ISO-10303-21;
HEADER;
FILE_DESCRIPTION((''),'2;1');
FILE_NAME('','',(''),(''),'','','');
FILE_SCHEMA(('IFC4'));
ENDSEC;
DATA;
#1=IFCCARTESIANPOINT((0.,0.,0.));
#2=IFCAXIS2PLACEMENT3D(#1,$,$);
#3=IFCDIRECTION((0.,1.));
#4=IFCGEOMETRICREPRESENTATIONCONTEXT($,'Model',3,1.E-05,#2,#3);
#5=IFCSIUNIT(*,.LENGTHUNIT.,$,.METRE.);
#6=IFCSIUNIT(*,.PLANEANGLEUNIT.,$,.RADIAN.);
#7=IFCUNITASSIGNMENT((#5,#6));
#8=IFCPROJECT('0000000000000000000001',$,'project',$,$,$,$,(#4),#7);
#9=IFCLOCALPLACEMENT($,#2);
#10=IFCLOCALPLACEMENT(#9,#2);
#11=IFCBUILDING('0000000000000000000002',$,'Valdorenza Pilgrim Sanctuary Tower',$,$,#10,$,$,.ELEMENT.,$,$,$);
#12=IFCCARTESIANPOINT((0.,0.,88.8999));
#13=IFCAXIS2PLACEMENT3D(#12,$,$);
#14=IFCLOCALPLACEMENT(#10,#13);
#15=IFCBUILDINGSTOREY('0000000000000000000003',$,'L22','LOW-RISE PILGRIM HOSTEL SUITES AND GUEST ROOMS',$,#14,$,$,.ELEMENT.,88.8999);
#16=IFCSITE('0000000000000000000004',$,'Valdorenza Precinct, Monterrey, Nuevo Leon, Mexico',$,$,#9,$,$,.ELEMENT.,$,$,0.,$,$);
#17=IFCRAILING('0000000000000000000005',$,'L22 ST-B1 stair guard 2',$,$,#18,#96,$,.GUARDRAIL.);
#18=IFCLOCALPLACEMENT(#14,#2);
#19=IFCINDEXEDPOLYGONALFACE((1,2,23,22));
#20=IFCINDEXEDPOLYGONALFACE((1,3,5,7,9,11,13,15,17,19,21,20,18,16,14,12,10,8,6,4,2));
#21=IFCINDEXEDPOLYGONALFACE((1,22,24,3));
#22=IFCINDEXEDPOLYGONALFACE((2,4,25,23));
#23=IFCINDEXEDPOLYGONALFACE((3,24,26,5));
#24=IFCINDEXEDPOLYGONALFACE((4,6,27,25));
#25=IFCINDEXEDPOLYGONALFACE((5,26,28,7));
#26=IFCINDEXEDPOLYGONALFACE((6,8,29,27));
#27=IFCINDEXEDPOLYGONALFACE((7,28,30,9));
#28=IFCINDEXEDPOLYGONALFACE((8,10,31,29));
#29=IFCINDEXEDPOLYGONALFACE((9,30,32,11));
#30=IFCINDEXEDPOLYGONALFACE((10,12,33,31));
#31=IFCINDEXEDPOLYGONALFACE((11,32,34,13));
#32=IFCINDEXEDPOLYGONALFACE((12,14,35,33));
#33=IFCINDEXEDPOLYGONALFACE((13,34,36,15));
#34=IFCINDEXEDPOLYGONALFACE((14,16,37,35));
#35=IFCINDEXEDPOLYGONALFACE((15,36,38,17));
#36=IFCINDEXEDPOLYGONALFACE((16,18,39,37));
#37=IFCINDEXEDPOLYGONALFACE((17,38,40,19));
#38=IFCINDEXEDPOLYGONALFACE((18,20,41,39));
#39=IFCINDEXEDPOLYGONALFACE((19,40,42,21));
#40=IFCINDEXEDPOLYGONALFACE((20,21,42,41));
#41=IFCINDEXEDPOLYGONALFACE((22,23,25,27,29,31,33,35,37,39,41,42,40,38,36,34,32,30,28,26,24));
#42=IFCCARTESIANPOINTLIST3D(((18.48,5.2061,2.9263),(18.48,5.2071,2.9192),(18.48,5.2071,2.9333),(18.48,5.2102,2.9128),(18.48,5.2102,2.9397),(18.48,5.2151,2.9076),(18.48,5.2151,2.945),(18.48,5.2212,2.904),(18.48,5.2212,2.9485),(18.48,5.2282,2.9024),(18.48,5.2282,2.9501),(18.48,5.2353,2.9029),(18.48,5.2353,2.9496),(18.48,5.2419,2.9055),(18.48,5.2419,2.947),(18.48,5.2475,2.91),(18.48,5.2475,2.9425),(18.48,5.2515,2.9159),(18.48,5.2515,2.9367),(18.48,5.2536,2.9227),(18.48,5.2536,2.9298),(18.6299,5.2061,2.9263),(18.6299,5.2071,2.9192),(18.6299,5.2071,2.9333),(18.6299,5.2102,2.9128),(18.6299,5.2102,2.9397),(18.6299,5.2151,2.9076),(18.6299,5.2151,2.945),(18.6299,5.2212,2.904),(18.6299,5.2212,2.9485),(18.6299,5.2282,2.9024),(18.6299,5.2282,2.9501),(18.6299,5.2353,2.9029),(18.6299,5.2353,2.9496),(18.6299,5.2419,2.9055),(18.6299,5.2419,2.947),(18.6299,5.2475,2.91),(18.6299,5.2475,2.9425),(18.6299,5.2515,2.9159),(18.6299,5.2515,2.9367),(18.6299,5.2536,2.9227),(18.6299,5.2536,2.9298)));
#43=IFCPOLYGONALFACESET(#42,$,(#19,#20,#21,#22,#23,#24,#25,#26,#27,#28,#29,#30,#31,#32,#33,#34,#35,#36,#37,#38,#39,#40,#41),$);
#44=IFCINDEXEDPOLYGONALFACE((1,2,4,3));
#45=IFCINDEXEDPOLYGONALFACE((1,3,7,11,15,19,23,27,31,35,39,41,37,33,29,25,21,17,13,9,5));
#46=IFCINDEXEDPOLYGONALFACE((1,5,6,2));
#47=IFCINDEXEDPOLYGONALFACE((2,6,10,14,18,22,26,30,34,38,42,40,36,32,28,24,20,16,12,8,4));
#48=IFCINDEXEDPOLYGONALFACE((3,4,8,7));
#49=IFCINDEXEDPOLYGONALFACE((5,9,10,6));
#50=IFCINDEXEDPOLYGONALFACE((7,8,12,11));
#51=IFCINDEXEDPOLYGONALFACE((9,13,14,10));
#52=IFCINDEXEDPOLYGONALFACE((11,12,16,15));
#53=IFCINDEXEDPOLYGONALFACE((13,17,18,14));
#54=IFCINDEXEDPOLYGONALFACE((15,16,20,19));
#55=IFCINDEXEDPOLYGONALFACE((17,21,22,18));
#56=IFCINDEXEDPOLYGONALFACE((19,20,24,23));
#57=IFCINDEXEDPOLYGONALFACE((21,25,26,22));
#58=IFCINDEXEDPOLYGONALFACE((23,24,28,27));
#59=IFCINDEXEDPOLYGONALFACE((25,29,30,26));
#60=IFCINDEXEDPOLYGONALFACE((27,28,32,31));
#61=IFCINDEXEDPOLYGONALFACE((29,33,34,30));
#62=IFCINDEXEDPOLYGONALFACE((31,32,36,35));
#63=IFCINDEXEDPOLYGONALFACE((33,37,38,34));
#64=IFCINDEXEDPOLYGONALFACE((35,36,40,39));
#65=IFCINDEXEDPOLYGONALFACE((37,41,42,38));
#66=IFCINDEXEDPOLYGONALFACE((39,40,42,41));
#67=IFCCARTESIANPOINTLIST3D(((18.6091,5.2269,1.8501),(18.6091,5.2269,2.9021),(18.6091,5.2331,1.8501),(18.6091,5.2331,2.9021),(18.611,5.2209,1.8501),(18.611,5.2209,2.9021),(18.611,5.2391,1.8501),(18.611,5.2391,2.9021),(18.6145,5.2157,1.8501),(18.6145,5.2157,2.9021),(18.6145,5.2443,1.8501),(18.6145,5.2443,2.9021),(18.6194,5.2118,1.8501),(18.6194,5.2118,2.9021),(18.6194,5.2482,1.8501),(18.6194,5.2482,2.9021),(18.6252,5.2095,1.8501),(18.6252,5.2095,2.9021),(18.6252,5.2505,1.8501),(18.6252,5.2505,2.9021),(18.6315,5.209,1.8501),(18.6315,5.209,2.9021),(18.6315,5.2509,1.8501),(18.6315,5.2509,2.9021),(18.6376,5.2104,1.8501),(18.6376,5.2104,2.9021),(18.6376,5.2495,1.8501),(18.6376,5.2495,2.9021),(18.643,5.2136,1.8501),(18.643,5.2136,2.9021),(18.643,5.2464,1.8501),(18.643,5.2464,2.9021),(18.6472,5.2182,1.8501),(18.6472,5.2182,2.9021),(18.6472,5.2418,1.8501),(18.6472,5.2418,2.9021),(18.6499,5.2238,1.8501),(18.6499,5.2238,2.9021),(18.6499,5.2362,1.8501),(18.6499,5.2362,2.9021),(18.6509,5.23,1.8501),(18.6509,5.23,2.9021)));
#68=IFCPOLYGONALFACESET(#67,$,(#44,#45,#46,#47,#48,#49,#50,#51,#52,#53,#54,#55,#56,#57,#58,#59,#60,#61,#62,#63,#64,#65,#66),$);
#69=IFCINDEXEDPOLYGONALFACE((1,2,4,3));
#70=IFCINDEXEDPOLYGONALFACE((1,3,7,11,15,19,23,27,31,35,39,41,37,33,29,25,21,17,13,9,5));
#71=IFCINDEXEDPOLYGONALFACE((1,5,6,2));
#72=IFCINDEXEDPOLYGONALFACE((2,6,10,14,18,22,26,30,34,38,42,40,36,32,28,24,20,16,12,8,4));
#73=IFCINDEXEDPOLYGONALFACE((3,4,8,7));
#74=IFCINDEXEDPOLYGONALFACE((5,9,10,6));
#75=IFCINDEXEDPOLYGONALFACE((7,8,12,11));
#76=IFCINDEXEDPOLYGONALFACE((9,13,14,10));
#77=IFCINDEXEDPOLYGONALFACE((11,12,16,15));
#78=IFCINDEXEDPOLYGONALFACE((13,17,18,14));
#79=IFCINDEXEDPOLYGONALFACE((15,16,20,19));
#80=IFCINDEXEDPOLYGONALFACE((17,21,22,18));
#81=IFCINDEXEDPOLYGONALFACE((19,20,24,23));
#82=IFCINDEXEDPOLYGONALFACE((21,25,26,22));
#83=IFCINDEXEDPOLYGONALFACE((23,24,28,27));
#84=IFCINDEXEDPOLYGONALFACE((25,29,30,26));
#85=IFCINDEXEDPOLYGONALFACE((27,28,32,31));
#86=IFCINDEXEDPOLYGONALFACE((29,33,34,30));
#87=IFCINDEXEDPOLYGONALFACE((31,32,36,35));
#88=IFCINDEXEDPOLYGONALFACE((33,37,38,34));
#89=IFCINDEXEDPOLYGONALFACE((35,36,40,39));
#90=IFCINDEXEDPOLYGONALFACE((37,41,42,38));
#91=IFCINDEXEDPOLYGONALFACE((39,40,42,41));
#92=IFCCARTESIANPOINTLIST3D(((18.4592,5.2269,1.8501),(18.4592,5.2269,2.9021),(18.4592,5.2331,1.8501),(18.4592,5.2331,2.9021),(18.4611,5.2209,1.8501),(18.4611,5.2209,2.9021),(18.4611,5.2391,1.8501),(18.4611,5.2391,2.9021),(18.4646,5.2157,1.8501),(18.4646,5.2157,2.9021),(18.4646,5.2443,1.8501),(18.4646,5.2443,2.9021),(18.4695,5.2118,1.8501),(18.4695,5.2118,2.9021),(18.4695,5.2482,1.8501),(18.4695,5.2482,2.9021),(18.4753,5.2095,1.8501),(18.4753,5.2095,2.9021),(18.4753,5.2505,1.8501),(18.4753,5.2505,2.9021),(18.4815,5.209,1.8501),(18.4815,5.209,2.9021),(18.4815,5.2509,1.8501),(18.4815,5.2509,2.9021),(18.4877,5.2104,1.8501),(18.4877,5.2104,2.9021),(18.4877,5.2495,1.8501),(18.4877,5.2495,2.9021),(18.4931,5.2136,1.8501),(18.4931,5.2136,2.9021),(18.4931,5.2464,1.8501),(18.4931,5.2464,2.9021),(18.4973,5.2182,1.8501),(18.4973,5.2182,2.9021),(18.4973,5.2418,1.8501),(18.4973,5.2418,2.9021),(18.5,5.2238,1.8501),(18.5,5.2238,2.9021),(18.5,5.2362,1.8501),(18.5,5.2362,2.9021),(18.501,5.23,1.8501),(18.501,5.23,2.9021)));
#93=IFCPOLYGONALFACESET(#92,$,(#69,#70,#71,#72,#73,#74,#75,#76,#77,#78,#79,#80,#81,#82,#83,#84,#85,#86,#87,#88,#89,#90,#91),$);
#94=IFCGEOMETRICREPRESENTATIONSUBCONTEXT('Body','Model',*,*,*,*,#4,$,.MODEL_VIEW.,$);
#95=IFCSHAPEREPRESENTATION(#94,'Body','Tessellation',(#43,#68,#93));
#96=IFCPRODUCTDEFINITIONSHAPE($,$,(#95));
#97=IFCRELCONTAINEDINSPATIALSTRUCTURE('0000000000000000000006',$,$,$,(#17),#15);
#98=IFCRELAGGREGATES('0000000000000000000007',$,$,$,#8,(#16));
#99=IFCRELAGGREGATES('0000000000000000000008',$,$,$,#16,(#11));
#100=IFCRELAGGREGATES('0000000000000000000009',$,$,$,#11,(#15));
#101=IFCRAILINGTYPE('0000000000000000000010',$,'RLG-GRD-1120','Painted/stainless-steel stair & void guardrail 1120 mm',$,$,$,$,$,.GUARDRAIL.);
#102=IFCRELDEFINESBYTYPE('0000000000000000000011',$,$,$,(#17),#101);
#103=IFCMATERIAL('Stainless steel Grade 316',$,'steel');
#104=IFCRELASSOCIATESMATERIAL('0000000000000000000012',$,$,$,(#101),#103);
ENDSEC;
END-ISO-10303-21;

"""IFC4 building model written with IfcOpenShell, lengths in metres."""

from ifc_helpers import new_model, si_unit, direction, frame, origin, origin_2d, place, context, subcontext, project, spatial, circle, extrude, material, type_object, element, save


model = new_model("IFC4")

# Units and contexts
model_context = context("Model", 3, precision=1e-05, world=origin(), true_north=direction((0.0, 1.0)))
body_context = subcontext(model_context, "Body", "Model", "MODEL_VIEW")
ifc_project = project(units=[si_unit("LENGTHUNIT", "METRE"), si_unit("PLANEANGLEUNIT", "RADIAN")], contexts=[model_context])

# Site, building, storey
site_placement = place(None, origin())
site = spatial("IfcSite", under=ifc_project, at=site_placement, Name="Valdorenza Precinct, Monterrey, Nuevo Leon, Mexico", CompositionType="ELEMENT", RefElevation=0.0)
building_placement = place(site_placement, origin())
building = spatial("IfcBuilding", under=site, at=building_placement, Name="Valdorenza Pilgrim Sanctuary Tower", CompositionType="ELEMENT")
storey_placement = place(building_placement, frame((0.0, 0.0, 88.8999)))
storey = spatial("IfcBuildingStorey", under=building, at=storey_placement, Name="L22", Description="LOW-RISE PILGRIM HOSTEL SUITES AND GUEST ROOMS", CompositionType="ELEMENT", Elevation=88.8999)

# Railing
ifc_material_1 = material(Name="Stainless steel Grade 316", Category="steel")
railing_type_1 = type_object("IfcRailingType", Name="RLG-GRD-1120", Description="Painted/stainless-steel stair & void guardrail 1120 mm", PredefinedType="GUARDRAIL", material=ifc_material_1)
railing_1_placement = place(storey_placement, frame((18.6299, 5.23, 1.8501)))
element("IfcRailing", 1, at=railing_1_placement, inside=storey, type_object=railing_type_1, Name="L22 ST-B1 stair guard 2", PredefinedType="GUARDRAIL", context=body_context, shape_type="SweptSolid", body=[
    extrude(circle(Radius=0.0239, at=origin_2d()), frame((0.0, 0.0, 1.0762), z_axis=(-1.0, 0.0, 0.0), x_axis=(0.0, -1.0, 0.0)), (0.0, 0.0, 1.0), 0.1499),
    extrude(circle(Radius=0.021, at=origin_2d()), origin(), (0.0, 0.0, 1.0), 1.052),
    extrude(circle(Radius=0.021, at=origin_2d()), frame((-0.1499, 0.0, 0.0)), (0.0, 0.0, 1.0), 1.052),
])

save(model, "model.ifc")
